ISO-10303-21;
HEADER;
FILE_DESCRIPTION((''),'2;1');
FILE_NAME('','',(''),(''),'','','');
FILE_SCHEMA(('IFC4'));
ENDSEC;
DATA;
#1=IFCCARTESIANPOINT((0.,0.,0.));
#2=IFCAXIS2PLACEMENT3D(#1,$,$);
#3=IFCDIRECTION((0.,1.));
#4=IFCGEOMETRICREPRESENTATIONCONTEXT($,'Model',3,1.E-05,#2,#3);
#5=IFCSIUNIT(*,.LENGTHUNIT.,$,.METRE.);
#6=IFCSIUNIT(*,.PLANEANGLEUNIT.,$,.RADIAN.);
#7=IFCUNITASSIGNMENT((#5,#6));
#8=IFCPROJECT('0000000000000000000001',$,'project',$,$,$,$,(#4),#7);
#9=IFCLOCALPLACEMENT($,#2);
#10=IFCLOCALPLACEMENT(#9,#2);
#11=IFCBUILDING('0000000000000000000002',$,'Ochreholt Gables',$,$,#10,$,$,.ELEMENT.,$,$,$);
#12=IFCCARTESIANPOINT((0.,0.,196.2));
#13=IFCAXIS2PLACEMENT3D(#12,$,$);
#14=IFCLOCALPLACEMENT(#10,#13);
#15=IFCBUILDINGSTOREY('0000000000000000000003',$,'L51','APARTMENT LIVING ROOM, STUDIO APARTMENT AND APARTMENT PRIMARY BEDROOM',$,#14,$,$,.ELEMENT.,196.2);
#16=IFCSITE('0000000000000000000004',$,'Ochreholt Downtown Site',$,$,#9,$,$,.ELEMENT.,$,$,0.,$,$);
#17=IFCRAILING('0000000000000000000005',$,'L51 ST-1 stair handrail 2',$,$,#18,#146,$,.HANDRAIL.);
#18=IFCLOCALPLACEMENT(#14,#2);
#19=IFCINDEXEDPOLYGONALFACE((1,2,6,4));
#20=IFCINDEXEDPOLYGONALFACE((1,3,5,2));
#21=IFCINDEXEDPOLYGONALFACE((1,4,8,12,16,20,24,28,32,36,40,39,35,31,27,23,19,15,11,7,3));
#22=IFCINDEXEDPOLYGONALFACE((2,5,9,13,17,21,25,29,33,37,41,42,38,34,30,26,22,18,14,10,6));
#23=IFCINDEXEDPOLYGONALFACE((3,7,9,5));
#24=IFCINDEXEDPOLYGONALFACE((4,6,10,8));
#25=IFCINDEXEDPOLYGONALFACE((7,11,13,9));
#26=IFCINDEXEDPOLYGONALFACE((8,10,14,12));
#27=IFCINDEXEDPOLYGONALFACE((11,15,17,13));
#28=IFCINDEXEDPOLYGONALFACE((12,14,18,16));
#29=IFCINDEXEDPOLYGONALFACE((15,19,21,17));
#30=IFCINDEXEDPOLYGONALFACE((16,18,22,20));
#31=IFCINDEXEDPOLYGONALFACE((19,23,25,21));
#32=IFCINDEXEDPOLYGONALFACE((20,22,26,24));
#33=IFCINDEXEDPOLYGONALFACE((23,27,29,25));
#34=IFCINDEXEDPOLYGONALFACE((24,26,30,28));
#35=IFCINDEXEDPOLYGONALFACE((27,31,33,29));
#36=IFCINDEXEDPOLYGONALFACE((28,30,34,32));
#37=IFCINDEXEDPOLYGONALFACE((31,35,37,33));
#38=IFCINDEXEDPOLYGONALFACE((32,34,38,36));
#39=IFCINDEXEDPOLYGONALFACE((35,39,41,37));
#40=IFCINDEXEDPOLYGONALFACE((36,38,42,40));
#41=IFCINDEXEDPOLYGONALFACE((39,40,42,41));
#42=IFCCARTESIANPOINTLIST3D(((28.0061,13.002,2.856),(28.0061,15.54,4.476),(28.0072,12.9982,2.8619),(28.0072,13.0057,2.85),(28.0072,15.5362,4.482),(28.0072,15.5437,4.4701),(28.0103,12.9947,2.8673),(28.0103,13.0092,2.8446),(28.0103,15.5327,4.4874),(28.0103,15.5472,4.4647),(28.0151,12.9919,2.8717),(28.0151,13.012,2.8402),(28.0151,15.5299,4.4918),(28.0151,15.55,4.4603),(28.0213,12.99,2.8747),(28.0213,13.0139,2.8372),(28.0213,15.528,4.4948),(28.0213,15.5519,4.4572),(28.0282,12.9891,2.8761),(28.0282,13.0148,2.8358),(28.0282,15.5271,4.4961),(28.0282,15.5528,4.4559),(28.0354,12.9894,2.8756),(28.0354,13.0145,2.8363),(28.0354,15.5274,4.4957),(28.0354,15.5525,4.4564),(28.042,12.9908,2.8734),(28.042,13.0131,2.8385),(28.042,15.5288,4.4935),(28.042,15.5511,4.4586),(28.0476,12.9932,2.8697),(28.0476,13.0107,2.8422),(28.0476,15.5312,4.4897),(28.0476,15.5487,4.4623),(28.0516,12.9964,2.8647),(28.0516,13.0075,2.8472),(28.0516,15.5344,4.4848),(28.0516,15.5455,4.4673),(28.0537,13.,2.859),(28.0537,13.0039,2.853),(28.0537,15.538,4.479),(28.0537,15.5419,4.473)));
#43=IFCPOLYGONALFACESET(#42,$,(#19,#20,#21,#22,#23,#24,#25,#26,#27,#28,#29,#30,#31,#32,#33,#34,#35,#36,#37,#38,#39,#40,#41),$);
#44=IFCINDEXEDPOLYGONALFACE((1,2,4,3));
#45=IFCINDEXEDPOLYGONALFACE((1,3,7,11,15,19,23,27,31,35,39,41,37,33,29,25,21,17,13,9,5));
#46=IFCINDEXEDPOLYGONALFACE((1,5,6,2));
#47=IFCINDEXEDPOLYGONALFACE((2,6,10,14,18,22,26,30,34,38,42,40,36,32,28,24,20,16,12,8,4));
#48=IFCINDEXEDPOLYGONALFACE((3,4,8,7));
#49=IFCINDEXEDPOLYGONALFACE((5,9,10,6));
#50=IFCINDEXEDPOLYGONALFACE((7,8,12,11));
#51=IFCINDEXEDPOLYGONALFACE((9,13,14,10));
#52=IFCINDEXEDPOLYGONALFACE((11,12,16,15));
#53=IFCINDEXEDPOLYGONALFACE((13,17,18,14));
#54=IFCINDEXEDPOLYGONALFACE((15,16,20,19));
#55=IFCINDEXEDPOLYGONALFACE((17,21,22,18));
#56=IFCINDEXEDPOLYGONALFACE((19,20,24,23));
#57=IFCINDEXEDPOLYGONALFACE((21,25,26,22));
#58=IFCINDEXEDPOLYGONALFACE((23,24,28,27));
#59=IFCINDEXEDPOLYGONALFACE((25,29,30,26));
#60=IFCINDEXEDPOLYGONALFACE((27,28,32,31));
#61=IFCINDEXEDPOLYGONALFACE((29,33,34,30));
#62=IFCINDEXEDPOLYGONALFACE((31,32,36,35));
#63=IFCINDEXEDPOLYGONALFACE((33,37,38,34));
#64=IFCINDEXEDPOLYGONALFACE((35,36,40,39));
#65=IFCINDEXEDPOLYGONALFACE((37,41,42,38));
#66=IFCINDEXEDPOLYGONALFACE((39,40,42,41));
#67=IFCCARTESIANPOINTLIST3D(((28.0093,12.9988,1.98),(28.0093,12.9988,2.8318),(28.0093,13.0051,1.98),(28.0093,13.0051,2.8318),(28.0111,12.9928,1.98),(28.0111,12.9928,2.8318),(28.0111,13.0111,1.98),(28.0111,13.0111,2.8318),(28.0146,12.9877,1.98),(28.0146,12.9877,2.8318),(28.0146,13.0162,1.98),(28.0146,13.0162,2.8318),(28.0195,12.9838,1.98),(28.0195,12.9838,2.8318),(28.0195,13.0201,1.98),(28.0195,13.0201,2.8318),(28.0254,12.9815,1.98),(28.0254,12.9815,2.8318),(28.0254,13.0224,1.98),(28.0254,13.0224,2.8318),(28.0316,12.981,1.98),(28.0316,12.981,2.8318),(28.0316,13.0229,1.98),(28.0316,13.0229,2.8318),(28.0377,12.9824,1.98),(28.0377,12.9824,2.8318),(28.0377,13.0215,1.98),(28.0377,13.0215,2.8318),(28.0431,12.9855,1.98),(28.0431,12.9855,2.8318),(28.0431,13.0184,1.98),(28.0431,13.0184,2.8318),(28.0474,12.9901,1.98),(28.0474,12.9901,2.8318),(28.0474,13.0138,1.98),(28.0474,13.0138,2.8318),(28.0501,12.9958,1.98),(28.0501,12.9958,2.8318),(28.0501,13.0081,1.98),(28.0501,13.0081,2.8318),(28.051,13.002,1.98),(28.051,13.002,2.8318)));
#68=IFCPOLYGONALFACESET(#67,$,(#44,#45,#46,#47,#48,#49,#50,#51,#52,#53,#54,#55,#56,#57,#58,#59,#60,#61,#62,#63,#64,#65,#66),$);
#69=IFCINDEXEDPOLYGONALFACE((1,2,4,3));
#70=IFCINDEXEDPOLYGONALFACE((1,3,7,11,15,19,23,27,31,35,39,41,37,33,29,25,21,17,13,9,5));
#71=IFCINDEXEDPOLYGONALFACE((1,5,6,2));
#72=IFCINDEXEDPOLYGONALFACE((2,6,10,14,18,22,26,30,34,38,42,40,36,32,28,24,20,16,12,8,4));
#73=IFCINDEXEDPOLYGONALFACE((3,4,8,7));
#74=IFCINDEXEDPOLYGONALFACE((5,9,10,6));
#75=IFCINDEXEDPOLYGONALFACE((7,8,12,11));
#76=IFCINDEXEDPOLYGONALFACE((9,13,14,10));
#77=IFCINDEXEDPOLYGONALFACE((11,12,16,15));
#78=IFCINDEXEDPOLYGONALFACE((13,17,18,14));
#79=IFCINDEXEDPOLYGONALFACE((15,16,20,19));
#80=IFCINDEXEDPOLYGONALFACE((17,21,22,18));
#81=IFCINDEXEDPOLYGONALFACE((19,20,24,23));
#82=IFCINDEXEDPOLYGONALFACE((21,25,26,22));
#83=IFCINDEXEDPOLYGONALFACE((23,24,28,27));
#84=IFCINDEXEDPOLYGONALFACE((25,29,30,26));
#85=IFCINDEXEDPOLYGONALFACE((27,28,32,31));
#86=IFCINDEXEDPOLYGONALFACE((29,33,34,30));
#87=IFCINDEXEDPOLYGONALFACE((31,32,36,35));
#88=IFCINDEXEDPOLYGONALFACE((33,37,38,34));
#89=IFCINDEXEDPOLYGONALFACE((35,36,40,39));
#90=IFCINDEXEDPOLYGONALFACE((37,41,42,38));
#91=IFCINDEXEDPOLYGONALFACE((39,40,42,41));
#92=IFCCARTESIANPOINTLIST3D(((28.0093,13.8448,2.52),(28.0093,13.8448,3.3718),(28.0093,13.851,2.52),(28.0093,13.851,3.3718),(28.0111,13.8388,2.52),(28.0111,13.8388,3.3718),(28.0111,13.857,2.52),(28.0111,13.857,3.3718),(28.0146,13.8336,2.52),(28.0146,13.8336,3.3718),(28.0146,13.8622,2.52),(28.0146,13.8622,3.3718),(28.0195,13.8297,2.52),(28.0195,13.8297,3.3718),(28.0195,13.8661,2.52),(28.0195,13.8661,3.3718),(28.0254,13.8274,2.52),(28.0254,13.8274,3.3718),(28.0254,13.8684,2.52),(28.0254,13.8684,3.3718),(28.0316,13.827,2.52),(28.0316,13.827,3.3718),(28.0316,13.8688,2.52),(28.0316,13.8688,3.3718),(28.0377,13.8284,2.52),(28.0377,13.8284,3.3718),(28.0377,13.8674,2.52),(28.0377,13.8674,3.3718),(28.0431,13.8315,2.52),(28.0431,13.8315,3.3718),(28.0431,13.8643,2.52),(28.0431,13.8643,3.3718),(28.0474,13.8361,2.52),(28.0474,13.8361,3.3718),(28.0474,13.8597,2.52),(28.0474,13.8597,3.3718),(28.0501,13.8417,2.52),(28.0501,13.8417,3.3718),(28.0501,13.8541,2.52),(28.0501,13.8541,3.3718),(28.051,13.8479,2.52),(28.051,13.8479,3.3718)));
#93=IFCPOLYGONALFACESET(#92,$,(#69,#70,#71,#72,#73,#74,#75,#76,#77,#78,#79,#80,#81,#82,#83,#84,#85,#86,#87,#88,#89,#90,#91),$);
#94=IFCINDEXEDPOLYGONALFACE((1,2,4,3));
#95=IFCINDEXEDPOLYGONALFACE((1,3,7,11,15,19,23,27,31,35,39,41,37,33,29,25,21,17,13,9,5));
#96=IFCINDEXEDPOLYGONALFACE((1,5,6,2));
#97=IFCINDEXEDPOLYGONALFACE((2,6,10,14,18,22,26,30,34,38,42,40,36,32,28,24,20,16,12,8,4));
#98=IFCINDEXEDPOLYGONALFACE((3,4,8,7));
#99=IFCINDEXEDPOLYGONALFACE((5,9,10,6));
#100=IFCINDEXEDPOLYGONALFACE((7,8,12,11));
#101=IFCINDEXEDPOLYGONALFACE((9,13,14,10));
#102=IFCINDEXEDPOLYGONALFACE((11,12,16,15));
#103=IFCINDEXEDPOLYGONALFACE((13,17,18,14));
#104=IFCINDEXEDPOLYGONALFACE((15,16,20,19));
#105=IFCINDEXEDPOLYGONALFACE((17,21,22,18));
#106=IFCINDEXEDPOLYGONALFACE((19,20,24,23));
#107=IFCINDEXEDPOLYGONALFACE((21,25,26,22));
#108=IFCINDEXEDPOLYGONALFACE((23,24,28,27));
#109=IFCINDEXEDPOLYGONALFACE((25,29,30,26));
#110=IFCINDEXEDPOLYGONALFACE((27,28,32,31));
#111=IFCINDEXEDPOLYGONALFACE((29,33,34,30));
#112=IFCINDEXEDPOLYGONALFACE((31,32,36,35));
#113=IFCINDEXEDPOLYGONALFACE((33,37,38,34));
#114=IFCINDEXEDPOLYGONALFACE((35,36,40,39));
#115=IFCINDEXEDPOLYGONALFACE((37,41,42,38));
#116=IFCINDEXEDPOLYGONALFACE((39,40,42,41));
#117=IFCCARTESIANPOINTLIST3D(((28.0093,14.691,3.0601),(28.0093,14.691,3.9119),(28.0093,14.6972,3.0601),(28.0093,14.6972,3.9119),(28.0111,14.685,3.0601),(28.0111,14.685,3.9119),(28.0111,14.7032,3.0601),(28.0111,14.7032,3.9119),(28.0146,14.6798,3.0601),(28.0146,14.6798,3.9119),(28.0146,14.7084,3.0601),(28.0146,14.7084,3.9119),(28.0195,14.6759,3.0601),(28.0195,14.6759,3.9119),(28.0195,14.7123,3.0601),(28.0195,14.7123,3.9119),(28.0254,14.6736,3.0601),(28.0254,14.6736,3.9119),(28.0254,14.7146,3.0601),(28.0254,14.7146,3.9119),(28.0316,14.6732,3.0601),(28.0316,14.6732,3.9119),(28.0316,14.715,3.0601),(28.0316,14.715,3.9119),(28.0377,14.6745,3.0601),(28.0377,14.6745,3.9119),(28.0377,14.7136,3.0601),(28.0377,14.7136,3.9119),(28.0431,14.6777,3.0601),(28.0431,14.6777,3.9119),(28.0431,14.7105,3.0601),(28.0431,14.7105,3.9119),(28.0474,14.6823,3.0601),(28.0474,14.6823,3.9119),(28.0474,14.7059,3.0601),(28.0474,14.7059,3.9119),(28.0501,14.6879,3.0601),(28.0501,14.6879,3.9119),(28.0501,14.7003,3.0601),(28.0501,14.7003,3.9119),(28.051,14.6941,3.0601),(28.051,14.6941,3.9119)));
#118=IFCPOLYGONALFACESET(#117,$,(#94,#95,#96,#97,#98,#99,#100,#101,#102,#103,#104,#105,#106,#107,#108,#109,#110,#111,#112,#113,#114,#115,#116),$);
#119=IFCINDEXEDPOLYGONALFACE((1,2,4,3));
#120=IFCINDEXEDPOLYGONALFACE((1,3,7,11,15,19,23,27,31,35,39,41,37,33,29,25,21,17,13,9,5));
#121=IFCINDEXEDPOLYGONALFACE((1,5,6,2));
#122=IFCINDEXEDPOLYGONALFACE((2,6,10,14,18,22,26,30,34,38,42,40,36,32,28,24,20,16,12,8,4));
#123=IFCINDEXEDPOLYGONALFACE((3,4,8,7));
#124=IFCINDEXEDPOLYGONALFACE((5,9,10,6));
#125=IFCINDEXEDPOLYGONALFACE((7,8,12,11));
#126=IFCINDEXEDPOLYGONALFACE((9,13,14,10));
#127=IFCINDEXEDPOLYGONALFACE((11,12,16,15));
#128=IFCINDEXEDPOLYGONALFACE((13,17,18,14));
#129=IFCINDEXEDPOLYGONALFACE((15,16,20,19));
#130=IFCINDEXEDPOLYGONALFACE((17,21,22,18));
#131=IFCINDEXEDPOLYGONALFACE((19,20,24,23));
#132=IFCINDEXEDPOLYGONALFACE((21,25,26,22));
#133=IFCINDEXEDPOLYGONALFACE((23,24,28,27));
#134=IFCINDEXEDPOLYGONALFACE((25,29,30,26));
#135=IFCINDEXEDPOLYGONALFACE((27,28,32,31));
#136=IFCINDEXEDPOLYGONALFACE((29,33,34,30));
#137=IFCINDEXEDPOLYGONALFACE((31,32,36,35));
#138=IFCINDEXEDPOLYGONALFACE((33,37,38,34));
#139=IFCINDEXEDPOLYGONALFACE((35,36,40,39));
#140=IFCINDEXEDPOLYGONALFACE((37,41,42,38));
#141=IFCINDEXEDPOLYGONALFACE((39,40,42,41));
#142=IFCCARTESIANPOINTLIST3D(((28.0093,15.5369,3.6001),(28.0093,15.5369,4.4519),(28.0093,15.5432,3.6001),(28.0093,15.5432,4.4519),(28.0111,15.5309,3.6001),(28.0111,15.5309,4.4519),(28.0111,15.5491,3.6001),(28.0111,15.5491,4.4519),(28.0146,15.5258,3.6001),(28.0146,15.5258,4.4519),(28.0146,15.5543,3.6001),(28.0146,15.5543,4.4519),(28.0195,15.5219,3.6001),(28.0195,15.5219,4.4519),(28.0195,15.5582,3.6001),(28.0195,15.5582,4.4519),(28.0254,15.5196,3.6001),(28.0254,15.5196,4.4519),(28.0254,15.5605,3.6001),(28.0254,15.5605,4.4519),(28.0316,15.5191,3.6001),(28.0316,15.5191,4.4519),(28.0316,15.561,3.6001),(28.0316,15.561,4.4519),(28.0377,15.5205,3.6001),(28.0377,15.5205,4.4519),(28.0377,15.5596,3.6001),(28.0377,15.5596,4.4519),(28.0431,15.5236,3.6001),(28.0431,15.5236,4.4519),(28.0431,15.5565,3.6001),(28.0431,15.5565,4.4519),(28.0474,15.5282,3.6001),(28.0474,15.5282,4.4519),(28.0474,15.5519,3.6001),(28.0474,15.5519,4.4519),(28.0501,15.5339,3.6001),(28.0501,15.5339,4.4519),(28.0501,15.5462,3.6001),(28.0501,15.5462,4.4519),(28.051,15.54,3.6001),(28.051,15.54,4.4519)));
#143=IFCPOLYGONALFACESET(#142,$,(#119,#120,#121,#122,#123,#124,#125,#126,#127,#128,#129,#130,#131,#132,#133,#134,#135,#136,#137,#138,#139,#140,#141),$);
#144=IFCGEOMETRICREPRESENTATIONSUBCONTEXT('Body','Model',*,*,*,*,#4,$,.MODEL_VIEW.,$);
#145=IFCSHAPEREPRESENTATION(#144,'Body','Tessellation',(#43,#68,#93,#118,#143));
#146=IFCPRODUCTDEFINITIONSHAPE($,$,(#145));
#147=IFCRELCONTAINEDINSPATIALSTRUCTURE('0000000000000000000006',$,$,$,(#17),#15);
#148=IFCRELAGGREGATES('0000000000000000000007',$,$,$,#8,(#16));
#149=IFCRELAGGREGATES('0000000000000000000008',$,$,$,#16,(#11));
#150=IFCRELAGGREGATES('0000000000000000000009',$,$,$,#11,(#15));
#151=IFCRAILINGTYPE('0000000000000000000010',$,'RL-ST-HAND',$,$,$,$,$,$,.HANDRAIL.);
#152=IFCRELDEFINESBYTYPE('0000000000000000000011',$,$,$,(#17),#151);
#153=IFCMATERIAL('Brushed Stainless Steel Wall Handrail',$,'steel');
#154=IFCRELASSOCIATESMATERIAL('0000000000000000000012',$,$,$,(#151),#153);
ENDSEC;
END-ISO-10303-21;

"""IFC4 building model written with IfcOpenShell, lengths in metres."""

from ifc_helpers import new_model, si_unit, direction, frame, origin, origin_2d, place, context, subcontext, project, spatial, circle, extrude, material, type_object, element, save


model = new_model("IFC4")

# Units and contexts
model_context = context("Model", 3, precision=1e-05, world=origin(), true_north=direction((0.0, 1.0)))
body_context = subcontext(model_context, "Body", "Model", "MODEL_VIEW")
ifc_project = project(units=[si_unit("LENGTHUNIT", "METRE"), si_unit("PLANEANGLEUNIT", "RADIAN")], contexts=[model_context])

# Site, building, storey
site_placement = place(None, origin())
site = spatial("IfcSite", under=ifc_project, at=site_placement, Name="Ochreholt Downtown Site", CompositionType="ELEMENT", RefElevation=0.0)
building_placement = place(site_placement, origin())
building = spatial("IfcBuilding", under=site, at=building_placement, Name="Ochreholt Gables", CompositionType="ELEMENT")
storey_placement = place(building_placement, frame((0.0, 0.0, 196.2)))
storey = spatial("IfcBuildingStorey", under=building, at=storey_placement, Name="L51", Description="APARTMENT LIVING ROOM, STUDIO APARTMENT AND APARTMENT PRIMARY BEDROOM", CompositionType="ELEMENT", Elevation=196.2)

# Railing
ifc_material_1 = material(Name="Brushed Stainless Steel Wall Handrail", Category="steel")
railing_type_1 = type_object("IfcRailingType", Name="RL-ST-HAND", PredefinedType="HANDRAIL", material=ifc_material_1)
railing_1_placement = place(storey_placement, frame((28.03, 13.002, 1.98)))
element("IfcRailing", 1, at=railing_1_placement, inside=storey, type_object=railing_type_1, Name="L51 ST-1 stair handrail 2", PredefinedType="HANDRAIL", context=body_context, shape_type="SweptSolid", body=[
    extrude(circle(Radius=0.0239, at=origin_2d()), frame((0.0, 0.0, 0.876), z_axis=(0.0, 0.842913, 0.53805), x_axis=(-1.0, 0.0, 0.0)), (0.0, 0.0, 1.0), 3.011),
    extrude(circle(Radius=0.021, at=origin_2d()), origin(), (0.0, 0.0, 1.0), 0.8518),
    extrude(circle(Radius=0.021, at=origin_2d()), frame((0.0, 0.8459, 0.54)), (0.0, 0.0, 1.0), 0.8518),
    extrude(circle(Radius=0.021, at=origin_2d()), frame((0.0, 1.6921, 1.0801)), (0.0, 0.0, 1.0), 0.8518),
    extrude(circle(Radius=0.021, at=origin_2d()), frame((0.0, 2.5381, 1.6201)), (0.0, 0.0, 1.0), 0.8518),
])

save(model, "model.ifc")
